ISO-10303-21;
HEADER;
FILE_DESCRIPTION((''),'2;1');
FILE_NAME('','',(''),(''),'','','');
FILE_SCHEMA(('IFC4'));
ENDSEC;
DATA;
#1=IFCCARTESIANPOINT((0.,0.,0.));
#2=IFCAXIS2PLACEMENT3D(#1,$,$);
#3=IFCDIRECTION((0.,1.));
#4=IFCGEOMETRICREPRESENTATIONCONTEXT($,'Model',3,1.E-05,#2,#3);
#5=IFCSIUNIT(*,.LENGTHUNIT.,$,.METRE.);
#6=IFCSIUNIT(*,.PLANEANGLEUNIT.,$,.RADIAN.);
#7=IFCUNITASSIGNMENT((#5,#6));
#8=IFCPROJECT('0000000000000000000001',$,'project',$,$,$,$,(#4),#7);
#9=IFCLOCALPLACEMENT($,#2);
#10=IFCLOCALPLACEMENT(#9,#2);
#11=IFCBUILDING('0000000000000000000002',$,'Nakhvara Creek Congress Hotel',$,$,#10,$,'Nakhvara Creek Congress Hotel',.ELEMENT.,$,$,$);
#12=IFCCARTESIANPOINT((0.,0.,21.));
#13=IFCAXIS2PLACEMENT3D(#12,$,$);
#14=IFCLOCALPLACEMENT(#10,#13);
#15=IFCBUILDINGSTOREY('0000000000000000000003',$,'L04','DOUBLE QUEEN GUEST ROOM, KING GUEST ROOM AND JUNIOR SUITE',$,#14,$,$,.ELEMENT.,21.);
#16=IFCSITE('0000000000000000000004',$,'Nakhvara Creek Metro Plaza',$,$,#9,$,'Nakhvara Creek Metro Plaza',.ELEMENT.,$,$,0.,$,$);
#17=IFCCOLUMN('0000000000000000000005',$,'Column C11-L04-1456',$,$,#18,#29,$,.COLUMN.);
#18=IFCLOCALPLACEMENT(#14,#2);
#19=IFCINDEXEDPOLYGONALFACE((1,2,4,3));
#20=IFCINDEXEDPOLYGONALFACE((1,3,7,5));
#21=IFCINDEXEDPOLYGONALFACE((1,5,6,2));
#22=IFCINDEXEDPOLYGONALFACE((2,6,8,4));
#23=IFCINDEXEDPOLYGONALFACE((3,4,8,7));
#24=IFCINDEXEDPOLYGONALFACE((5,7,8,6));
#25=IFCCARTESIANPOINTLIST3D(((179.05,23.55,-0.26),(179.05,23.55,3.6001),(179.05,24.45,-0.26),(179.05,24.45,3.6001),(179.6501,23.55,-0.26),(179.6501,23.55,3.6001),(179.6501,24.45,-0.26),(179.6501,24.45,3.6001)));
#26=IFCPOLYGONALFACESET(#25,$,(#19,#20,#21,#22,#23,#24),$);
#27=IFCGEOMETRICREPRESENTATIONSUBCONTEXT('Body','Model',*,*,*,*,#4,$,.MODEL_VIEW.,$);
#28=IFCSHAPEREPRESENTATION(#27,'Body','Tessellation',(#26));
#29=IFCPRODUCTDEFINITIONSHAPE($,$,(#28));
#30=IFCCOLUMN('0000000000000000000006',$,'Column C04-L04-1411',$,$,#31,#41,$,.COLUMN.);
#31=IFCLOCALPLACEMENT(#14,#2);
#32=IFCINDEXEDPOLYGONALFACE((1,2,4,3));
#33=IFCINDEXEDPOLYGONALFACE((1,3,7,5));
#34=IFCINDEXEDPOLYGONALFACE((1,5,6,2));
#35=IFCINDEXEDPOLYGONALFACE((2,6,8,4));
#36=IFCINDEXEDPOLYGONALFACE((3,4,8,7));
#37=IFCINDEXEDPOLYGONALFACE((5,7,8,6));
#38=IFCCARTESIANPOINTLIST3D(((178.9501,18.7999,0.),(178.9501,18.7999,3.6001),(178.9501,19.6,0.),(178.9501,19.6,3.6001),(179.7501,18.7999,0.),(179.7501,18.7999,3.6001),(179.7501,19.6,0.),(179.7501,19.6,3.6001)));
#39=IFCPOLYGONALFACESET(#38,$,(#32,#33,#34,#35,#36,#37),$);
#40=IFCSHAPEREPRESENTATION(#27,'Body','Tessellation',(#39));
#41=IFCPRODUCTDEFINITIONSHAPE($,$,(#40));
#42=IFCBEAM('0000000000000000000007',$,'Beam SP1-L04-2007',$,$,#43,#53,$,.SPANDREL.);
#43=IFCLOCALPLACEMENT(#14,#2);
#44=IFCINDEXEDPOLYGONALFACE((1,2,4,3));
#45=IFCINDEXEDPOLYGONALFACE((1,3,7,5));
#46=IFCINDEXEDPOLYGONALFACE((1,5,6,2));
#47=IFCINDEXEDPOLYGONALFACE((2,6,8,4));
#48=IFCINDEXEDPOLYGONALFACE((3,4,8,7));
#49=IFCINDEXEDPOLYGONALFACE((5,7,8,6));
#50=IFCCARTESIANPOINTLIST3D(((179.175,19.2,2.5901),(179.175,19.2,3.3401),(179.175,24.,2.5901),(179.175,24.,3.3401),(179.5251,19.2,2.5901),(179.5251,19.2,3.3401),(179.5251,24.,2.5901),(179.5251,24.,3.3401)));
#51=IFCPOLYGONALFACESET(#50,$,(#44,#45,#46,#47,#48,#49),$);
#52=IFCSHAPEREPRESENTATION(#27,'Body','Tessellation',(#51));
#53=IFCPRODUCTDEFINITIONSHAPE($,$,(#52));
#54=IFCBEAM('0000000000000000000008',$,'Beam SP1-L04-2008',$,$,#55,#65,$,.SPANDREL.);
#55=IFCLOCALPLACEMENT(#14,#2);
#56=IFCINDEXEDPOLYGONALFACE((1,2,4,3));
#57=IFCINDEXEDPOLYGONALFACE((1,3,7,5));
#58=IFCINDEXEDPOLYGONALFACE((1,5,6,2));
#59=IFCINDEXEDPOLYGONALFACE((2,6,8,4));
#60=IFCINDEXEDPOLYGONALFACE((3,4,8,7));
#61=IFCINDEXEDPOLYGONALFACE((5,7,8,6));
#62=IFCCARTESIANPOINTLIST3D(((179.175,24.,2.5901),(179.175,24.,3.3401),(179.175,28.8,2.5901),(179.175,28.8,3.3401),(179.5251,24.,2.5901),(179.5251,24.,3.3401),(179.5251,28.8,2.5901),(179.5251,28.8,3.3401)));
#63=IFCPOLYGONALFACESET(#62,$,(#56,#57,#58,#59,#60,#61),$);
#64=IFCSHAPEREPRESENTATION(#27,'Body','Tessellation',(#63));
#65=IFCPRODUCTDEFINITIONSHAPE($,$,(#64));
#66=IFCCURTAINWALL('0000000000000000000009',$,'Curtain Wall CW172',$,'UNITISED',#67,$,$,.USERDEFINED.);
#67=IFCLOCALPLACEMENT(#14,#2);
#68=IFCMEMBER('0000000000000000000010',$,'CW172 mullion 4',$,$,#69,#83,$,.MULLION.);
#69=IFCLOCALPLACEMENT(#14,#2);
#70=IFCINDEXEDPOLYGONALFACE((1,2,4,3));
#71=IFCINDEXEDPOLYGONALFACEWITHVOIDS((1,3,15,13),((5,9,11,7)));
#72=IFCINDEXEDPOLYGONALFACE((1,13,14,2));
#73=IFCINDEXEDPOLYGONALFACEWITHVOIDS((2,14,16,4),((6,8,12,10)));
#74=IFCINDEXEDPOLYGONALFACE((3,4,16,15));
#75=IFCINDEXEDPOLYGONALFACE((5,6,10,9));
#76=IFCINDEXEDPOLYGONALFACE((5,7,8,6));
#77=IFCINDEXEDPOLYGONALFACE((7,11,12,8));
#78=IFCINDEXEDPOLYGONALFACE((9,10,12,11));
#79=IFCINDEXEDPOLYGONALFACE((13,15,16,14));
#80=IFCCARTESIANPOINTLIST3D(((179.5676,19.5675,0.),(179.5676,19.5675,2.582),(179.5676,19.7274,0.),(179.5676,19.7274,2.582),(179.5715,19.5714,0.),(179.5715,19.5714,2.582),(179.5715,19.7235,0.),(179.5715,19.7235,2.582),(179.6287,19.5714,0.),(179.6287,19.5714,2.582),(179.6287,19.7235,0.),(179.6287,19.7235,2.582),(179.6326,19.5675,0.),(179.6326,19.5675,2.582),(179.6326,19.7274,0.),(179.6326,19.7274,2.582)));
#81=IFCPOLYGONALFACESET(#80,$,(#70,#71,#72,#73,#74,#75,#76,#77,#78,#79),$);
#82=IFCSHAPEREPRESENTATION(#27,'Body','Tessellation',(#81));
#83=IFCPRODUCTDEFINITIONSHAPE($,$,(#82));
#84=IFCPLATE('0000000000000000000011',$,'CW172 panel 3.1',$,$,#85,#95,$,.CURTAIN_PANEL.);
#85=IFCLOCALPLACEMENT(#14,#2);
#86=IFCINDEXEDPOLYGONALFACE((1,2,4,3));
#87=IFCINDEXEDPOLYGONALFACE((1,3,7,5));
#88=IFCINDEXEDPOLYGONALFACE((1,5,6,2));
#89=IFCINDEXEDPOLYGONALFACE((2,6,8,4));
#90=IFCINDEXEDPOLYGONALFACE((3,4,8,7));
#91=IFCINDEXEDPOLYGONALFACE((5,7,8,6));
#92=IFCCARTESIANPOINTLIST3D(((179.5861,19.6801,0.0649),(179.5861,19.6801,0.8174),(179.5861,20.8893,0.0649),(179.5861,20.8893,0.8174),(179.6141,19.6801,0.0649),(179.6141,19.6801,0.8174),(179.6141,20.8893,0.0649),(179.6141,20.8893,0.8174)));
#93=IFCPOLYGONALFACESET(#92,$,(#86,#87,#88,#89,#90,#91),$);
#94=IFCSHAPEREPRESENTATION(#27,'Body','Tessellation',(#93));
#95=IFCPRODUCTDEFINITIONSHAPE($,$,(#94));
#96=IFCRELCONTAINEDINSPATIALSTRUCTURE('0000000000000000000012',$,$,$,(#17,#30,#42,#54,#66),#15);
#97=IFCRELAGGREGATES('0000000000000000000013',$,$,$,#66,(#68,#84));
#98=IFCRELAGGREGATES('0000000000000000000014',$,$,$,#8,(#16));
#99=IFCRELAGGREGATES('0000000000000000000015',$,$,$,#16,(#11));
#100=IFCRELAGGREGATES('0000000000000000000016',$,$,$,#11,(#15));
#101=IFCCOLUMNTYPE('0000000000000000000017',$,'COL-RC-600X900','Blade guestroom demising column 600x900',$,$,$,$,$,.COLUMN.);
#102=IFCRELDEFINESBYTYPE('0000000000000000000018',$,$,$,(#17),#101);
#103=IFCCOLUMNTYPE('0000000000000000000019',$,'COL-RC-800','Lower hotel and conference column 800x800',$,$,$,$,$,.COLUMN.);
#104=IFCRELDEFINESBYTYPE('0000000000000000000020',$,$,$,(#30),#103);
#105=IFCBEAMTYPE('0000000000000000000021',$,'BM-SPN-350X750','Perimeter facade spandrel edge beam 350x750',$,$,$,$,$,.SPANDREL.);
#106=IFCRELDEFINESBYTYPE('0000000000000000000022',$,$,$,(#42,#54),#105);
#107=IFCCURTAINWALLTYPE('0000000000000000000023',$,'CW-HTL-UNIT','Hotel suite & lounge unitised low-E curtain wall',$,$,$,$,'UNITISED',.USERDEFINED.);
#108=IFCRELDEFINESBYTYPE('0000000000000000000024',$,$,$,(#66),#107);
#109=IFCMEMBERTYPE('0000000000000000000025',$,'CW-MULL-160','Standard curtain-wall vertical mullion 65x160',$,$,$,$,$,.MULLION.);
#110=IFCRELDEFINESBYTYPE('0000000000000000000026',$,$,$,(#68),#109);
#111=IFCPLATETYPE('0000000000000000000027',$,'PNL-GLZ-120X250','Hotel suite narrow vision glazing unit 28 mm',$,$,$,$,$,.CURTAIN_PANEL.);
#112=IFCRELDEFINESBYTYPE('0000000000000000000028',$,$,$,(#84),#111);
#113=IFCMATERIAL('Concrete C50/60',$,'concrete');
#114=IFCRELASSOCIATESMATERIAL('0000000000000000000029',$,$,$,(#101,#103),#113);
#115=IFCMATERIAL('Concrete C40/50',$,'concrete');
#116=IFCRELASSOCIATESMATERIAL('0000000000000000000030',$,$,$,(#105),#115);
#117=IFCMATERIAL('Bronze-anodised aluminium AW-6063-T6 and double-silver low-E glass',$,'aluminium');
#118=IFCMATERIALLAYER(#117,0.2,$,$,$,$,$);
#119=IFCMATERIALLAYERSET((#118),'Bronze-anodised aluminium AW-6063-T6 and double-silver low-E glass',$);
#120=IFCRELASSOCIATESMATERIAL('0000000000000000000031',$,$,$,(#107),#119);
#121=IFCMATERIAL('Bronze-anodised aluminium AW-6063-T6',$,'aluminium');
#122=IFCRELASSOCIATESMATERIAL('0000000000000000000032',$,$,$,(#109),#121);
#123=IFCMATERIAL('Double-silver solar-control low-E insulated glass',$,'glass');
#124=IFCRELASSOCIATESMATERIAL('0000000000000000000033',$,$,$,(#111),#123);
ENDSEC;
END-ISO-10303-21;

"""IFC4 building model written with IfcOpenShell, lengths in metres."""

from ifc_helpers import new_model, si_unit, direction, frame, origin, origin_2d, place, context, subcontext, project, spatial, rectangle, hollow_rectangle, extrude, material, layer, layer_set, material_profile, profile_set, type_object, element, aggregate, save


model = new_model("IFC4")

# Units and contexts
model_context = context("Model", 3, precision=1e-05, world=origin(), true_north=direction((0.0, 1.0)))
body_context = subcontext(model_context, "Body", "Model", "MODEL_VIEW")
ifc_project = project(units=[si_unit("LENGTHUNIT", "METRE"), si_unit("PLANEANGLEUNIT", "RADIAN")], contexts=[model_context])

# Site, building, storey
site_placement = place(None, origin())
site = spatial("IfcSite", under=ifc_project, at=site_placement, Name="Nakhvara Creek Metro Plaza", LongName="Nakhvara Creek Metro Plaza", CompositionType="ELEMENT", RefElevation=0.0)
building_placement = place(site_placement, origin())
building = spatial("IfcBuilding", under=site, at=building_placement, Name="Nakhvara Creek Congress Hotel", LongName="Nakhvara Creek Congress Hotel", CompositionType="ELEMENT")
storey_placement = place(building_placement, frame((0.0, 0.0, 21.0)))
storey = spatial("IfcBuildingStorey", under=building, at=storey_placement, Name="L04", Description="DOUBLE QUEEN GUEST ROOM, KING GUEST ROOM AND JUNIOR SUITE", CompositionType="ELEMENT", Elevation=21.0)

# Columns
ifc_material_1 = material(Name="Concrete C50/60", Category="concrete")
ifc_material_profile_1 = material_profile(ifc_material_1, rectangle(XDim=0.6001, YDim=0.8999, at=origin_2d()), Name="RC-COL 600x900", Category="LoadBearing")
ifc_profile_set_1 = profile_set([ifc_material_profile_1], Name="Concrete C50/60")
column_type_1 = type_object("IfcColumnType", Name="COL-RC-600X900", Description="Blade guestroom demising column 600x900", PredefinedType="COLUMN", material=ifc_profile_set_1)
column_1_placement = place(storey_placement, frame((179.3501, 24.0, -0.26), z_axis=(0.0, 0.0, 1.0), x_axis=(1.0, 0.0, 0.0)))
element("IfcColumn", 1, at=column_1_placement, inside=storey, type_object=column_type_1, Name="Column C11-L04-1456", PredefinedType="COLUMN", context=body_context, shape_type="SweptSolid", body=[
    extrude(rectangle(XDim=0.6001, YDim=0.8999, at=origin_2d()), origin(), (0.0, 0.0, 1.0), 3.8601),
])
ifc_material_profile_2 = material_profile(ifc_material_1, rectangle(XDim=0.8, YDim=0.8, at=origin_2d()), Name="RC-COL 800x800", Category="LoadBearing")
ifc_profile_set_2 = profile_set([ifc_material_profile_2], Name="Concrete C50/60")
column_type_2 = type_object("IfcColumnType", Name="COL-RC-800", Description="Lower hotel and conference column 800x800", PredefinedType="COLUMN", material=ifc_profile_set_2)
column_2_placement = place(storey_placement, frame((179.3501, 19.2, 0.0), z_axis=(0.0, 0.0, 1.0), x_axis=(1.0, 0.0, 0.0)))
element("IfcColumn", 2, at=column_2_placement, inside=storey, type_object=column_type_2, Name="Column C04-L04-1411", PredefinedType="COLUMN", context=body_context, shape_type="SweptSolid", body=[
    extrude(rectangle(XDim=0.8, YDim=0.8, at=origin_2d()), origin(), (0.0, 0.0, 1.0), 3.6001),
])

# Beams
ifc_material_2 = material(Name="Concrete C40/50", Category="concrete")
ifc_material_profile_3 = material_profile(ifc_material_2, rectangle(XDim=0.3501, YDim=0.75, at=origin_2d()), Name="RC-SPANDREL 350x750", Category="LoadBearing")
ifc_profile_set_3 = profile_set([ifc_material_profile_3], Name="Concrete C40/50")
beam_type = type_object("IfcBeamType", Name="BM-SPN-350X750", Description="Perimeter facade spandrel edge beam 350x750", PredefinedType="SPANDREL", material=ifc_profile_set_3)
for number, where, z_axis, x_axis, name in (
    (3, (179.3501, 19.2, 2.9651), (0.0, 1.0, 0.0), (-1.0, 0.0, 0.0), "Beam SP1-L04-2007"),
    (4, (179.3501, 24.0, 2.9651), (0.0, 1.0, 0.0), (-1.0, 0.0, 0.0), "Beam SP1-L04-2008"),
):
    element("IfcBeam", number, at=place(storey_placement, frame(where, z_axis=z_axis, x_axis=x_axis)), inside=storey, type_object=beam_type, Name=name, PredefinedType="SPANDREL", context=body_context, shape_type="SweptSolid", body=[
        extrude(rectangle(XDim=0.3501, YDim=0.75, at=origin_2d()), origin(), (0.0, 0.0, 1.0), 4.8),
    ])

# Curtain wall, member, plate
ifc_material_3 = material(Name="Bronze-anodised aluminium AW-6063-T6 and double-silver low-E glass", Category="aluminium")
ifc_layer_1 = layer(ifc_material_3, 0.2)
ifc_layer_set_1 = layer_set([ifc_layer_1], Name="Bronze-anodised aluminium AW-6063-T6 and double-silver low-E glass")
curtain_wall_type = type_object("IfcCurtainWallType", Name="CW-HTL-UNIT", Description="Hotel suite & lounge unitised low-E curtain wall", ElementType="UNITISED", PredefinedType="USERDEFINED", material=ifc_layer_set_1)
curtain_wall_placement = place(storey_placement, origin())
curtain_wall = element("IfcCurtainWall", 5, at=curtain_wall_placement, inside=storey, type_object=curtain_wall_type, Name="Curtain Wall CW172", ObjectType="UNITISED", PredefinedType="USERDEFINED")
ifc_material_4 = material(Name="Bronze-anodised aluminium AW-6063-T6", Category="aluminium")
ifc_material_profile_4 = material_profile(ifc_material_4, hollow_rectangle(XDim=0.0649, YDim=0.1599, WallThickness=0.0039, at=origin_2d()), Name="ALU-MULL 65x160x4", Category="LoadBearing")
ifc_profile_set_4 = profile_set([ifc_material_profile_4], Name="Bronze-anodised aluminium AW-6063-T6")
member_type = type_object("IfcMemberType", Name="CW-MULL-160", Description="Standard curtain-wall vertical mullion 65x160", PredefinedType="MULLION", material=ifc_profile_set_4)
member_placement = place(storey_placement, frame((179.6001, 19.6475, 0.0), z_axis=(0.0, 0.0, 1.0), x_axis=(1.0, 0.0, 0.0)))
member = element("IfcMember", 6, at=member_placement, type_object=member_type, Name="CW172 mullion 4", PredefinedType="MULLION", context=body_context, shape_type="SweptSolid", body=[
    extrude(hollow_rectangle(XDim=0.0649, YDim=0.1599, WallThickness=0.0039, at=origin_2d()), origin(), (0.0, 0.0, 1.0), 2.582),
])
ifc_material_5 = material(Name="Double-silver solar-control low-E insulated glass", Category="glass")
plate_type = type_object("IfcPlateType", Name="PNL-GLZ-120X250", Description="Hotel suite narrow vision glazing unit 28 mm", PredefinedType="CURTAIN_PANEL", material=ifc_material_5)
plate_placement = place(storey_placement, frame((179.6001, 20.2847, 0.0649), z_axis=(0.0, 0.0, 1.0), x_axis=(0.0, -1.0, 0.0)))
plate = element("IfcPlate", 7, at=plate_placement, type_object=plate_type, Name="CW172 panel 3.1", PredefinedType="CURTAIN_PANEL", context=body_context, shape_type="SweptSolid", body=[
    extrude(rectangle(XDim=1.2092, YDim=0.0281, at=origin_2d()), origin(), (0.0, 0.0, 1.0), 0.7524),
])
aggregate(curtain_wall, [member, plate])

save(model, "model.ifc")
